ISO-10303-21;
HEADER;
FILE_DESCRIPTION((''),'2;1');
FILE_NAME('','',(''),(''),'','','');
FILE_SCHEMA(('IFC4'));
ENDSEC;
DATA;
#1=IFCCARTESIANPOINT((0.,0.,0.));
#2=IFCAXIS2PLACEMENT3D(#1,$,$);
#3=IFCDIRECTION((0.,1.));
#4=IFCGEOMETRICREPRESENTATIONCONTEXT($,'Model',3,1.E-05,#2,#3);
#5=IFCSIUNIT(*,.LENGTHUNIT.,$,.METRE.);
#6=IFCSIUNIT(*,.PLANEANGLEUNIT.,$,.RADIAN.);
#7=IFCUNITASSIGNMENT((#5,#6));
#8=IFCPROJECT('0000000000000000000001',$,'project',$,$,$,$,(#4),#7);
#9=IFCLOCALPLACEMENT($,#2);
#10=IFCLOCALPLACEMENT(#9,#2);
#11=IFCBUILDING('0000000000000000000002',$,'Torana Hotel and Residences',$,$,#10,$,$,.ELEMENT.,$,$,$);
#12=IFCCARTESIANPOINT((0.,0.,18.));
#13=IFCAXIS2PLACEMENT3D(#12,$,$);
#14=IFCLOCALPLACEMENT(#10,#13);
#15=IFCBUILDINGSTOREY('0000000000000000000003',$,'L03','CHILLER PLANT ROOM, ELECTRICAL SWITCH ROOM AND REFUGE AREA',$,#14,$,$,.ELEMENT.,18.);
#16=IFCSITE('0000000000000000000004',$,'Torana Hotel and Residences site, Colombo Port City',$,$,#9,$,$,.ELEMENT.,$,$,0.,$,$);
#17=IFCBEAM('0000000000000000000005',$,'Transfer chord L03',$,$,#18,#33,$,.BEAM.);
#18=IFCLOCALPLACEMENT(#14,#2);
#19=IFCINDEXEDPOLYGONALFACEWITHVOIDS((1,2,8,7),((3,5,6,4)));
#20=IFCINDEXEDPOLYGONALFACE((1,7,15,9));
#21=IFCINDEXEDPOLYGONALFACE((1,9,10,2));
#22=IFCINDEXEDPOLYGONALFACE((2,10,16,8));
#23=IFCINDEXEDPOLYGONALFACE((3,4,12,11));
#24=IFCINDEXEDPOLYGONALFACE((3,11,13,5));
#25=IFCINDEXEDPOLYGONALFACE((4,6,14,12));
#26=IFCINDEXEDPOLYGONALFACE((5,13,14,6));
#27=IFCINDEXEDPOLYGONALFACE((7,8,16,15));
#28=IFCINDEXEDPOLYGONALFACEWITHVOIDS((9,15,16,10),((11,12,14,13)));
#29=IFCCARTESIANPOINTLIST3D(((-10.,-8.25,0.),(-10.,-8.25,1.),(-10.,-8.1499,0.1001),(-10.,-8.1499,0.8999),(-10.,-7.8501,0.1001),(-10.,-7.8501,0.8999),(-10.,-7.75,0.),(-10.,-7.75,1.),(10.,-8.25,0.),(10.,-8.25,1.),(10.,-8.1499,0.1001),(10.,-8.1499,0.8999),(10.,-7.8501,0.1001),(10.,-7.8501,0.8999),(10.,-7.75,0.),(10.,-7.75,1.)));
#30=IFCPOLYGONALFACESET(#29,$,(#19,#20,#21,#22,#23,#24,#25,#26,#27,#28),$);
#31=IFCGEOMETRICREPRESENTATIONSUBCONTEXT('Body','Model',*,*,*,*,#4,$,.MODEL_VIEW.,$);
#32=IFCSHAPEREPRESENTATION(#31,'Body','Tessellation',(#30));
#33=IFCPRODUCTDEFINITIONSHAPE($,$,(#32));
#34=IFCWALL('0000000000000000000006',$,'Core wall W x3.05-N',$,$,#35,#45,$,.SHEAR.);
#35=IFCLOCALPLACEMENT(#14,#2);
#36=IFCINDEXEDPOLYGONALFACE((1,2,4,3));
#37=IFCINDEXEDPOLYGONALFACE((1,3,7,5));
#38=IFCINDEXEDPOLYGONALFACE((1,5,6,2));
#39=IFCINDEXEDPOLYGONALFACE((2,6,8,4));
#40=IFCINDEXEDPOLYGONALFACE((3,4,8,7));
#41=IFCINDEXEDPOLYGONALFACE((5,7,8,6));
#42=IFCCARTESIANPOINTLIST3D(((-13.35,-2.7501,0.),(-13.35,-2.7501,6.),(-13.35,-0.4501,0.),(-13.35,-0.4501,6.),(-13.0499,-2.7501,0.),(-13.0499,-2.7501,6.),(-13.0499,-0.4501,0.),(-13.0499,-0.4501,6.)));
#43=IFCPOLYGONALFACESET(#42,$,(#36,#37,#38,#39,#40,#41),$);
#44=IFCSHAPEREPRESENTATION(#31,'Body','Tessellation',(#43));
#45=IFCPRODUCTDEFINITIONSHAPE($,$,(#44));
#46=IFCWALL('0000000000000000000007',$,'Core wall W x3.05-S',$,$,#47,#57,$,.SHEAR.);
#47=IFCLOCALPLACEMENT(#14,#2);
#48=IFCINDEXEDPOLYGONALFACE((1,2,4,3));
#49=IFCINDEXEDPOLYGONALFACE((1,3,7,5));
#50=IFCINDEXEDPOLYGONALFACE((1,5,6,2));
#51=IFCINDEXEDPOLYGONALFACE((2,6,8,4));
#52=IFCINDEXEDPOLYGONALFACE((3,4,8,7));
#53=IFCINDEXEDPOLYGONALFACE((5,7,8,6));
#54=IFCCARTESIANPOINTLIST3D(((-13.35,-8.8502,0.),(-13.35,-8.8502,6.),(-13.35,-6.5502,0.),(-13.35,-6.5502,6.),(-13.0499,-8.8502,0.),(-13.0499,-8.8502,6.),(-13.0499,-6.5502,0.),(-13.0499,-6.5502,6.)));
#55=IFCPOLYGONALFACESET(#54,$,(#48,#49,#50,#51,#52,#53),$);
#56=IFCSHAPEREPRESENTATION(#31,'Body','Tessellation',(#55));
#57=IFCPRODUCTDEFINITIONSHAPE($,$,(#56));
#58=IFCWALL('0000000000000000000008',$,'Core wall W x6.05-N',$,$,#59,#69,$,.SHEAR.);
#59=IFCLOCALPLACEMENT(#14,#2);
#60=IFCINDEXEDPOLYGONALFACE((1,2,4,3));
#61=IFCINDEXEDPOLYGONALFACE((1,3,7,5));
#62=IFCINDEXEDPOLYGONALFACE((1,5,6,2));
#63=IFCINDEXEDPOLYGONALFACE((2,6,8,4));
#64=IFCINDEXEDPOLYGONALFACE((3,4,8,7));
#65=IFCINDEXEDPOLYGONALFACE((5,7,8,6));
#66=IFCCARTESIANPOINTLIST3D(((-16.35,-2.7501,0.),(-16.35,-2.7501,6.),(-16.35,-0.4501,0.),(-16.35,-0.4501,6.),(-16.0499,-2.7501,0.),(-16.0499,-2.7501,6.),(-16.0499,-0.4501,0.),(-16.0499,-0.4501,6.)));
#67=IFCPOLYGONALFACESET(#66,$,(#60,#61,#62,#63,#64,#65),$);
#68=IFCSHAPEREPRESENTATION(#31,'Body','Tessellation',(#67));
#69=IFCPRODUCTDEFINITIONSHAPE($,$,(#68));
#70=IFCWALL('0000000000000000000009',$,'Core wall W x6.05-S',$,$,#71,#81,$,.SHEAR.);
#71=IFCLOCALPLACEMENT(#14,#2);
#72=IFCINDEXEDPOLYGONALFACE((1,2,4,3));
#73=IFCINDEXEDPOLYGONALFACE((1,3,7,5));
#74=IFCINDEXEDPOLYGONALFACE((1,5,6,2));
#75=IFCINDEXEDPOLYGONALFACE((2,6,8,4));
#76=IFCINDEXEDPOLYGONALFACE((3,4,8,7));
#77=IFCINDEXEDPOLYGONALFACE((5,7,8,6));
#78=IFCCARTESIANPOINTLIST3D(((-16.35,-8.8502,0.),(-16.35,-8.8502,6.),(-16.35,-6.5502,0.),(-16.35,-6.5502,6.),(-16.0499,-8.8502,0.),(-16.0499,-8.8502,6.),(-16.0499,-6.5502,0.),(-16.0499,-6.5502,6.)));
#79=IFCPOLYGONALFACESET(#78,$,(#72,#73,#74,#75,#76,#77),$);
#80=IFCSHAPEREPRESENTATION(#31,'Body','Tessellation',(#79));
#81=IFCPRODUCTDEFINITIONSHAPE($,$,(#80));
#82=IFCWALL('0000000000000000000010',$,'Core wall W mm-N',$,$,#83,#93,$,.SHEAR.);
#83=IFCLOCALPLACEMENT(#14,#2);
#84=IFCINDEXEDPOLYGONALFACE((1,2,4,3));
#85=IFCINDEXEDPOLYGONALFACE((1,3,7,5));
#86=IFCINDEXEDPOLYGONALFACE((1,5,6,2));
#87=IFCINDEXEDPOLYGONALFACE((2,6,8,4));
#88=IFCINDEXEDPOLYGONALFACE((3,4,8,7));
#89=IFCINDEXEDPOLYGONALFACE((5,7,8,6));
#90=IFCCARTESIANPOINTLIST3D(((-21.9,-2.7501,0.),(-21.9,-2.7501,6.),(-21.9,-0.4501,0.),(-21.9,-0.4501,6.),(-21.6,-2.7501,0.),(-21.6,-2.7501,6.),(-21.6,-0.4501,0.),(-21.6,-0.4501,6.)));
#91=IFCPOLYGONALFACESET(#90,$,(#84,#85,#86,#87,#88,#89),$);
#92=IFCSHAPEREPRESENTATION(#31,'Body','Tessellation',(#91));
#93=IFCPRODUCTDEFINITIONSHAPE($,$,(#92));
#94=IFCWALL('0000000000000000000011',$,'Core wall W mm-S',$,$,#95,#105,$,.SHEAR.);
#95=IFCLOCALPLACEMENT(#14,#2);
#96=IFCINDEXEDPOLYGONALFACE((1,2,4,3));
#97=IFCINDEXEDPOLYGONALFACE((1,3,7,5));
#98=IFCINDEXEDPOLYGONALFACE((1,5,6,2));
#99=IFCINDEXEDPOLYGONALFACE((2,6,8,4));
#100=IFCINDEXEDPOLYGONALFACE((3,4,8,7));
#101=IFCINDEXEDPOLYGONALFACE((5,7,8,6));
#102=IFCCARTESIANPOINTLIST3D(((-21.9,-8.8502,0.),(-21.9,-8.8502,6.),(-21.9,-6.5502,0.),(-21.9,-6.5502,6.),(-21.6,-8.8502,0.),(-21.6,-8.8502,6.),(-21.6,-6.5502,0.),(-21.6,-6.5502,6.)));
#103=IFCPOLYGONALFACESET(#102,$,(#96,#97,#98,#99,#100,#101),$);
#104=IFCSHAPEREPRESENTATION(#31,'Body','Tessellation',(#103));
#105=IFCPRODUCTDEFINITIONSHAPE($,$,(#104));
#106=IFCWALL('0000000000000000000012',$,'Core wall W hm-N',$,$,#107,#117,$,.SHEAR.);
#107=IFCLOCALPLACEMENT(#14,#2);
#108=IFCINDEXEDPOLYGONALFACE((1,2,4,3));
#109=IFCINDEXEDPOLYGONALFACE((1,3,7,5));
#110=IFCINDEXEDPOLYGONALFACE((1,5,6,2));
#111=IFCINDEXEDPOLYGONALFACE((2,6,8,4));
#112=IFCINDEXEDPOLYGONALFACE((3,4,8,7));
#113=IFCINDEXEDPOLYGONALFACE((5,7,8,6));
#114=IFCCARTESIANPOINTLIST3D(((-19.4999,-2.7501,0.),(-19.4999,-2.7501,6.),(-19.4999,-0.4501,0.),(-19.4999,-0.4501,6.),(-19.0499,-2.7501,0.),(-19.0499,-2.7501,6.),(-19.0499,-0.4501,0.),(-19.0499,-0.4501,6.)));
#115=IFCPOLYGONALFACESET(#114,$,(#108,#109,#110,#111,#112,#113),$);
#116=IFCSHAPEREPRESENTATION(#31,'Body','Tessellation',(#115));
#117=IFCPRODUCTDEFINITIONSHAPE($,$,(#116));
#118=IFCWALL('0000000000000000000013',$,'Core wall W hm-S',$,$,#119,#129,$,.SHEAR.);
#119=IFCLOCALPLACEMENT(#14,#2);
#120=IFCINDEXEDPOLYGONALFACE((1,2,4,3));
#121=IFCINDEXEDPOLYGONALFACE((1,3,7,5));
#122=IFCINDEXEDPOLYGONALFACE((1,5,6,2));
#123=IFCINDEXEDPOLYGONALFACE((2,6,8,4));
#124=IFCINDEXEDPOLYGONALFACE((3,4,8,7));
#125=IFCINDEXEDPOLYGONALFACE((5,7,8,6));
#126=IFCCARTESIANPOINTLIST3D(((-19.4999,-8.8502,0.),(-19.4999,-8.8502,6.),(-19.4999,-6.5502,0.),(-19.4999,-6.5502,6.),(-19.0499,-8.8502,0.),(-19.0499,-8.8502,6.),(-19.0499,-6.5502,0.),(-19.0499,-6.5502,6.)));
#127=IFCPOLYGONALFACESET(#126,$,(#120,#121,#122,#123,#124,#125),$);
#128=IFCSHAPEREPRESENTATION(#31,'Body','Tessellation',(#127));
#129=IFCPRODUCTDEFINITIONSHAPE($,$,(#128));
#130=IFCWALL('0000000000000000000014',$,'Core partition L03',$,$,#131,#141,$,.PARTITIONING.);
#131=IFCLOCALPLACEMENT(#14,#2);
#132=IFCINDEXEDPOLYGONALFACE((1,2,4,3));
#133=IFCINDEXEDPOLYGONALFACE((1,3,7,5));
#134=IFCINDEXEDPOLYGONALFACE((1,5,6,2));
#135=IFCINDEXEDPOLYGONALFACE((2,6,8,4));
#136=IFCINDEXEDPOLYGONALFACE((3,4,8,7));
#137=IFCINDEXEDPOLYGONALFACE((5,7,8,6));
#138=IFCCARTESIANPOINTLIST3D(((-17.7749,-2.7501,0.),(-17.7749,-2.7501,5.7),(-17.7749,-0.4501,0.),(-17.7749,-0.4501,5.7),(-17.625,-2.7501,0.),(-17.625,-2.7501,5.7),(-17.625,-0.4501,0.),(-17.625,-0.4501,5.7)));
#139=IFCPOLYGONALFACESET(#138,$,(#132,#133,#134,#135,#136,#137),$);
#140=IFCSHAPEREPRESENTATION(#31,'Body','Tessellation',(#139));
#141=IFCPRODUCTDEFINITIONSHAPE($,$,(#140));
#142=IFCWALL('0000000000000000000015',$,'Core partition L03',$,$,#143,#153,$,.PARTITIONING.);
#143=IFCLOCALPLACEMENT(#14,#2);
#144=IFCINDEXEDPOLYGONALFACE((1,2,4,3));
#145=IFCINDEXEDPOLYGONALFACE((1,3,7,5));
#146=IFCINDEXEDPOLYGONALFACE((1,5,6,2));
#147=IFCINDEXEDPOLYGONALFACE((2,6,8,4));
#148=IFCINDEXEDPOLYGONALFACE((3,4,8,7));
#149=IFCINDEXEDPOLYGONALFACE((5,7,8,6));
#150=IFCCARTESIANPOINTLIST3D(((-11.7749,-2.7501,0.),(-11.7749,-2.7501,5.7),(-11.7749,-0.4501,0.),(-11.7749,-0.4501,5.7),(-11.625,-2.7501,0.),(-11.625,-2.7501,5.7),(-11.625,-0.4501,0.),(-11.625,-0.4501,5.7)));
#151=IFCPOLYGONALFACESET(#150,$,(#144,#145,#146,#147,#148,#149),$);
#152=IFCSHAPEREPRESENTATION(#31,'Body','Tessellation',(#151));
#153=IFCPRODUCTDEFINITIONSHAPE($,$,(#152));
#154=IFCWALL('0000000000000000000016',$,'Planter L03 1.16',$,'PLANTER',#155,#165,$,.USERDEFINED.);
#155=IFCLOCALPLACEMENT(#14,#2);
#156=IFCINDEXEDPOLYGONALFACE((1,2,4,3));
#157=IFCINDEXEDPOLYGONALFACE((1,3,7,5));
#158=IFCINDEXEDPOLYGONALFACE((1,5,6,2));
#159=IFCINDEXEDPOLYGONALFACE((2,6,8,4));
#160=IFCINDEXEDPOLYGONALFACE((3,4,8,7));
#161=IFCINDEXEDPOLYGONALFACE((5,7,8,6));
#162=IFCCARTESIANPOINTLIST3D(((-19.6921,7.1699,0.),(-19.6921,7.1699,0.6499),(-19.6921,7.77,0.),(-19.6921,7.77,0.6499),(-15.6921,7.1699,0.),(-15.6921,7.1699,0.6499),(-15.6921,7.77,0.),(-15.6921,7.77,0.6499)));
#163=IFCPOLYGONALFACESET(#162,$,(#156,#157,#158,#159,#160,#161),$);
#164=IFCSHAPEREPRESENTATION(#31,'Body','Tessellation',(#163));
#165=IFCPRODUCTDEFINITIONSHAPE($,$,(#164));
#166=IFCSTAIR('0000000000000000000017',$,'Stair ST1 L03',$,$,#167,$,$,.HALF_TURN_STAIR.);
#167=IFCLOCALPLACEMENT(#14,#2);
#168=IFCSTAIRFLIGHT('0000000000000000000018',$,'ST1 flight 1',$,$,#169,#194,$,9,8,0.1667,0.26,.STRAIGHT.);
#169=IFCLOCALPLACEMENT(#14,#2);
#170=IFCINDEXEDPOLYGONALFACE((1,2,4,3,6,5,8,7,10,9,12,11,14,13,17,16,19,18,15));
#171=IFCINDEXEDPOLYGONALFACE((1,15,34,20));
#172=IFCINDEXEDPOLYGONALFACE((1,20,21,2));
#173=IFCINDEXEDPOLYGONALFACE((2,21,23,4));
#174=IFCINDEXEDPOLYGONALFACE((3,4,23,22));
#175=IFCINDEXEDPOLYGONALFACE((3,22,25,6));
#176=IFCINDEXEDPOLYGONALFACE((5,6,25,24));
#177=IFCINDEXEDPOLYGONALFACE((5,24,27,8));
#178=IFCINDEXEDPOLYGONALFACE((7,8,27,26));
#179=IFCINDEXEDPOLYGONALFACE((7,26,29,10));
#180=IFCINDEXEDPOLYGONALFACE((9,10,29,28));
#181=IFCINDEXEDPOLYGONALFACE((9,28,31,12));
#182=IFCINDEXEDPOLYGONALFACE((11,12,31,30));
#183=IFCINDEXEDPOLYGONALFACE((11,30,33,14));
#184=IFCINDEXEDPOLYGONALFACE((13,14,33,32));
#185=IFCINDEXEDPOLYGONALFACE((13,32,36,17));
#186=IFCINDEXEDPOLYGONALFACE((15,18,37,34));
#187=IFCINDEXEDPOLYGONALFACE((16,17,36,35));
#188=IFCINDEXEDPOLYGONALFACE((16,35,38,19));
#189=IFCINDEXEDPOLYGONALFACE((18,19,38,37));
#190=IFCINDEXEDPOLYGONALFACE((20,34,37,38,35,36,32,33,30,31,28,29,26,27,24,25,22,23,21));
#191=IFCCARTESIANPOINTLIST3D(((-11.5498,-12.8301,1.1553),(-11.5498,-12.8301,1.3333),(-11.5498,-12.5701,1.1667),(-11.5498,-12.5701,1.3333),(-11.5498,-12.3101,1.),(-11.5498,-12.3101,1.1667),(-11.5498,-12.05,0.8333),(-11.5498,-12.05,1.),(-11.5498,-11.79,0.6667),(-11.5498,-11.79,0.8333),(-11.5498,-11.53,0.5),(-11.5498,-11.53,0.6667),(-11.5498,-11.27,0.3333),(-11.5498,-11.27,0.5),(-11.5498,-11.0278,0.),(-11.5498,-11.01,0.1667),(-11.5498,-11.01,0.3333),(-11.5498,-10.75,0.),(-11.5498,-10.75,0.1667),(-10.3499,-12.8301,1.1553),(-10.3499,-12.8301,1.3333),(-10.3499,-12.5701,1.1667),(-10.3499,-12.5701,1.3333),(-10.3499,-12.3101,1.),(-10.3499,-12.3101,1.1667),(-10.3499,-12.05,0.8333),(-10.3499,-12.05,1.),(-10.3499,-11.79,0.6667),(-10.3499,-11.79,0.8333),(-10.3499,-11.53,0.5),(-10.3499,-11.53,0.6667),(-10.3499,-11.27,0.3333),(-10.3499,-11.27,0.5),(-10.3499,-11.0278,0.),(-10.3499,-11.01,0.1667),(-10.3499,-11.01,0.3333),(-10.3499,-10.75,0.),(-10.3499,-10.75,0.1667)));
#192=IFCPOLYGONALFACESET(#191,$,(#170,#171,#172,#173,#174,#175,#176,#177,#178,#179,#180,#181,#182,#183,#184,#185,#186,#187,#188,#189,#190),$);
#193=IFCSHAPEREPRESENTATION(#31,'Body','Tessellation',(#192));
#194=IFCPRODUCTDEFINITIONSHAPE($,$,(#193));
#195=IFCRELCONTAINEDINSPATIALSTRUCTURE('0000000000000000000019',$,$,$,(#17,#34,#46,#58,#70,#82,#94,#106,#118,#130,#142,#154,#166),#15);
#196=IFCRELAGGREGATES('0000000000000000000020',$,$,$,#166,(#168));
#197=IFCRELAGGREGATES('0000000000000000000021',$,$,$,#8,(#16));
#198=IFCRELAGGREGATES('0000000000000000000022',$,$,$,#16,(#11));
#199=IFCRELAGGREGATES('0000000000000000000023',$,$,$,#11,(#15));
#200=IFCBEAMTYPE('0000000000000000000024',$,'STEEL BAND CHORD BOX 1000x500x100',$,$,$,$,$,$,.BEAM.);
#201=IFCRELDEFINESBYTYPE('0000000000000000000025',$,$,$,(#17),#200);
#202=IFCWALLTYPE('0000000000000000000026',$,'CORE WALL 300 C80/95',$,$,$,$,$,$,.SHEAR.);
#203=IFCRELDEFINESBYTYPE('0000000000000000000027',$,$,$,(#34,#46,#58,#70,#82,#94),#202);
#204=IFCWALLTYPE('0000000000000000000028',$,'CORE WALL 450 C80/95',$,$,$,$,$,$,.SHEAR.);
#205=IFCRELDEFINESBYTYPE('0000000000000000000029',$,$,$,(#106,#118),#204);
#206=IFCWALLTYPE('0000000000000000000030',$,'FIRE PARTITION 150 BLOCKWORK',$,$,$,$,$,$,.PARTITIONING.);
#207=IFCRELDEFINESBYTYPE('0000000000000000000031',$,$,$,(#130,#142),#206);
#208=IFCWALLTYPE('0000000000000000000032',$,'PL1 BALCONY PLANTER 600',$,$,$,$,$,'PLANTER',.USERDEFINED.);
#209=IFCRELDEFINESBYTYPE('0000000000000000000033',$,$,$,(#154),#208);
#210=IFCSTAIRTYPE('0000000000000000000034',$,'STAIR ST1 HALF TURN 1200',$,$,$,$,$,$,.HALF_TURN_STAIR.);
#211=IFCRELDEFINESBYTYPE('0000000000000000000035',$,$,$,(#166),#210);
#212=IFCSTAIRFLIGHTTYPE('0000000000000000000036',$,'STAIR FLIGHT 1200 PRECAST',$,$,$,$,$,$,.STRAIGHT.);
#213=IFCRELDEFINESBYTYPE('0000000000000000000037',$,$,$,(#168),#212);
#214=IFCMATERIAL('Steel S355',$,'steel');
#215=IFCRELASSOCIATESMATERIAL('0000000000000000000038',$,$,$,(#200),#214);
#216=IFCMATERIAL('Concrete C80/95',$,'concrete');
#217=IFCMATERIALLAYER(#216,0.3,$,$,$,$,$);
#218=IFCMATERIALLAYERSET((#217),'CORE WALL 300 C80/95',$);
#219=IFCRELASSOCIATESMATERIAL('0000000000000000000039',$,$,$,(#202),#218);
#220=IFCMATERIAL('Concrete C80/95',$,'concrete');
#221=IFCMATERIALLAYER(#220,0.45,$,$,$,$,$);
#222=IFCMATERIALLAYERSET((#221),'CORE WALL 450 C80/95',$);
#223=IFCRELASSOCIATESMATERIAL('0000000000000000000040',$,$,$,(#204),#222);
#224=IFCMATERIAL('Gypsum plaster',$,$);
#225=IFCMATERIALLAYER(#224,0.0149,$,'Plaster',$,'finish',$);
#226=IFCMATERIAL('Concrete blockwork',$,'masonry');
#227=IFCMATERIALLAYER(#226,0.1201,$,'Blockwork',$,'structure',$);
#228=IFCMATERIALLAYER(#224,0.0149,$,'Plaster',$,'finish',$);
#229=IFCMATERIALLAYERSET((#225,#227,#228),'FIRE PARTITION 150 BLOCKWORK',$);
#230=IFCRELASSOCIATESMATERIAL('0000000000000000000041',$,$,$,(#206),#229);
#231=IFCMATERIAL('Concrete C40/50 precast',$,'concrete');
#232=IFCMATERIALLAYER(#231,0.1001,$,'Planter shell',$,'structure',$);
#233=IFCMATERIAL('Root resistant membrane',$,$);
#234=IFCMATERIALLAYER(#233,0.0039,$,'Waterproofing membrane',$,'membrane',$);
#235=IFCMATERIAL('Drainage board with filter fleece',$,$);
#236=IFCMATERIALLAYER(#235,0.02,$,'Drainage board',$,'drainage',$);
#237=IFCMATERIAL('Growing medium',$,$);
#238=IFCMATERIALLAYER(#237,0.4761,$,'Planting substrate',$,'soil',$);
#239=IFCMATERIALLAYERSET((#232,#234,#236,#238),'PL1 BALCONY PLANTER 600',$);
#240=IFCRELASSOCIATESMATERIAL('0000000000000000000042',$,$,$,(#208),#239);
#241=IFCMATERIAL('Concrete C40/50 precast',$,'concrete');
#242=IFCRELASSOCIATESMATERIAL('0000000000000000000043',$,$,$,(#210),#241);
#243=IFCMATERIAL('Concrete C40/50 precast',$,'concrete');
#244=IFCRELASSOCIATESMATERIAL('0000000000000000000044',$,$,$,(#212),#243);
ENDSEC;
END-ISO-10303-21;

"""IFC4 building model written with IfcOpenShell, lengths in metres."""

from ifc_helpers import new_model, si_unit, direction, frame, frame_2d, origin, origin_2d, place, context, subcontext, project, spatial, polyline, rectangle, hollow_rectangle, outline, extrude, material, layer, layer_set, material_profile, profile_set, type_object, element, aggregate, save


model = new_model("IFC4")

# Units and contexts
model_context = context("Model", 3, precision=1e-05, world=origin(), true_north=direction((0.0, 1.0)))
body_context = subcontext(model_context, "Body", "Model", "MODEL_VIEW")
ifc_project = project(units=[si_unit("LENGTHUNIT", "METRE"), si_unit("PLANEANGLEUNIT", "RADIAN")], contexts=[model_context])

# Site, building, storey
site_placement = place(None, origin())
site = spatial("IfcSite", under=ifc_project, at=site_placement, Name="Torana Hotel and Residences site, Colombo Port City", CompositionType="ELEMENT", RefElevation=0.0)
building_placement = place(site_placement, origin())
building = spatial("IfcBuilding", under=site, at=building_placement, Name="Torana Hotel and Residences", CompositionType="ELEMENT")
storey_placement = place(building_placement, frame((0.0, 0.0, 18.0)))
storey = spatial("IfcBuildingStorey", under=building, at=storey_placement, Name="L03", Description="CHILLER PLANT ROOM, ELECTRICAL SWITCH ROOM AND REFUGE AREA", CompositionType="ELEMENT", Elevation=18.0)

# Beam
ifc_material_1 = material(Name="Steel S355", Category="steel")
ifc_material_profile = material_profile(ifc_material_1, hollow_rectangle(XDim=0.5, YDim=1.0, WallThickness=0.1001, at=origin_2d()), Name="BOX 1000x500x100")
ifc_profile_set = profile_set([ifc_material_profile], Name="Steel S355")
beam_type = type_object("IfcBeamType", Name="STEEL BAND CHORD BOX 1000x500x100", PredefinedType="BEAM", material=ifc_profile_set)
beam_placement = place(storey_placement, frame((-10.0, -8.0, 0.5), z_axis=(1.0, 0.0, 0.0), x_axis=(0.0, 1.0, 0.0)))
element("IfcBeam", 1, at=beam_placement, inside=storey, type_object=beam_type, Name="Transfer chord L03", PredefinedType="BEAM", context=body_context, shape_type="SweptSolid", body=[
    extrude(hollow_rectangle(XDim=0.5, YDim=1.0, WallThickness=0.1001, at=origin_2d()), origin(), (0.0, 0.0, 1.0), 20.0),
])

# Walls
ifc_material_2 = material(Name="Concrete C80/95", Category="concrete")
ifc_layer_1 = layer(ifc_material_2, 0.3)
ifc_layer_set_1 = layer_set([ifc_layer_1], Name="CORE WALL 300 C80/95")
wall_type_1 = type_object("IfcWallType", Name="CORE WALL 300 C80/95", PredefinedType="SHEAR", material=ifc_layer_set_1)
for number, where, z_axis, x_axis, name in (
    (2, (-13.2, -2.75, 0.0), (0.0, 0.0, 1.0), (0.0, 1.0, 0.0), "Core wall W x3.05-N"),
    (3, (-13.2, -8.8501, 0.0), (0.0, 0.0, 1.0), (0.0, 1.0, 0.0), "Core wall W x3.05-S"),
    (4, (-16.2, -2.75, 0.0), (0.0, 0.0, 1.0), (0.0, 1.0, 0.0), "Core wall W x6.05-N"),
    (5, (-16.2, -8.8501, 0.0), (0.0, 0.0, 1.0), (0.0, 1.0, 0.0), "Core wall W x6.05-S"),
    (6, (-21.75, -2.75, 0.0), (0.0, 0.0, 1.0), (0.0, 1.0, 0.0), "Core wall W mm-N"),
    (7, (-21.75, -8.8501, 0.0), (0.0, 0.0, 1.0), (0.0, 1.0, 0.0), "Core wall W mm-S"),
):
    element("IfcWall", number, at=place(storey_placement, frame(where, z_axis=z_axis, x_axis=x_axis)), inside=storey, type_object=wall_type_1, Name=name, PredefinedType="SHEAR", context=body_context, shape_type="SweptSolid", body=[
        extrude(rectangle(XDim=2.3, YDim=0.3, at=frame_2d((1.1499, 0.0))), origin(), (0.0, 0.0, 1.0), 6.0),
    ])
ifc_material_3 = material(Name="Concrete C80/95", Category="concrete")
ifc_layer_2 = layer(ifc_material_3, 0.45)
ifc_layer_set_2 = layer_set([ifc_layer_2], Name="CORE WALL 450 C80/95")
wall_type_2 = type_object("IfcWallType", Name="CORE WALL 450 C80/95", PredefinedType="SHEAR", material=ifc_layer_set_2)
for number, where, z_axis, x_axis, name in (
    (8, (-19.2749, -2.75, 0.0), (0.0, 0.0, 1.0), (0.0, 1.0, 0.0), "Core wall W hm-N"),
    (9, (-19.2749, -8.8501, 0.0), (0.0, 0.0, 1.0), (0.0, 1.0, 0.0), "Core wall W hm-S"),
):
    element("IfcWall", number, at=place(storey_placement, frame(where, z_axis=z_axis, x_axis=x_axis)), inside=storey, type_object=wall_type_2, Name=name, PredefinedType="SHEAR", context=body_context, shape_type="SweptSolid", body=[
        extrude(rectangle(XDim=2.3, YDim=0.45, at=frame_2d((1.1499, 0.0))), origin(), (0.0, 0.0, 1.0), 6.0),
    ])
ifc_material_4 = material(Name="Gypsum plaster")
ifc_layer_3 = layer(ifc_material_4, 0.0149, Name="Plaster", Category="finish")
ifc_material_5 = material(Name="Concrete blockwork", Category="masonry")
ifc_layer_4 = layer(ifc_material_5, 0.1201, Name="Blockwork", Category="structure")
ifc_layer_5 = layer(ifc_material_4, 0.0149, Name="Plaster", Category="finish")
ifc_layer_set_3 = layer_set([ifc_layer_3, ifc_layer_4, ifc_layer_5], Name="FIRE PARTITION 150 BLOCKWORK")
wall_type_3 = type_object("IfcWallType", Name="FIRE PARTITION 150 BLOCKWORK", PredefinedType="PARTITIONING", material=ifc_layer_set_3)
for number, where, z_axis, x_axis, name in (
    (10, (-17.7, -2.75, 0.0), (0.0, 0.0, 1.0), (0.0, 1.0, 0.0), "Core partition L03"),
    (11, (-11.7, -2.75, 0.0), (0.0, 0.0, 1.0), (0.0, 1.0, 0.0), "Core partition L03"),
):
    element("IfcWall", number, at=place(storey_placement, frame(where, z_axis=z_axis, x_axis=x_axis)), inside=storey, type_object=wall_type_3, Name=name, PredefinedType="PARTITIONING", context=body_context, shape_type="SweptSolid", body=[
        extrude(rectangle(XDim=2.3, YDim=0.1499, at=frame_2d((1.1499, 0.0))), origin(), (0.0, 0.0, 1.0), 5.7),
    ])
ifc_material_6 = material(Name="Concrete C40/50 precast", Category="concrete")
ifc_layer_6 = layer(ifc_material_6, 0.1001, Name="Planter shell", Category="structure")
ifc_material_7 = material(Name="Root resistant membrane")
ifc_layer_7 = layer(ifc_material_7, 0.0039, Name="Waterproofing membrane", Category="membrane")
ifc_material_8 = material(Name="Drainage board with filter fleece")
ifc_layer_8 = layer(ifc_material_8, 0.02, Name="Drainage board", Category="drainage")
ifc_material_9 = material(Name="Growing medium")
ifc_layer_9 = layer(ifc_material_9, 0.4761, Name="Planting substrate", Category="soil")
ifc_layer_set_4 = layer_set([ifc_layer_6, ifc_layer_7, ifc_layer_8, ifc_layer_9], Name="PL1 BALCONY PLANTER 600")
wall_type_4 = type_object("IfcWallType", Name="PL1 BALCONY PLANTER 600", ElementType="PLANTER", PredefinedType="USERDEFINED", material=ifc_layer_set_4)
wall_placement = place(storey_placement, frame((-19.6921, 7.47, 0.0), z_axis=(0.0, 0.0, 1.0), x_axis=(1.0, 0.0, 0.0)))
element("IfcWall", 12, at=wall_placement, inside=storey, type_object=wall_type_4, Name="Planter L03 1.16", ObjectType="PLANTER", PredefinedType="USERDEFINED", context=body_context, shape_type="SweptSolid", body=[
    extrude(rectangle(XDim=4.0, YDim=0.6001, at=frame_2d((2.0, 0.0))), origin(), (0.0, 0.0, 1.0), 0.6499),
])

# Stair, stair flight
ifc_material_10 = material(Name="Concrete C40/50 precast", Category="concrete")
stair_type = type_object("IfcStairType", Name="STAIR ST1 HALF TURN 1200", PredefinedType="HALF_TURN_STAIR", material=ifc_material_10)
stair_placement = place(storey_placement, origin())
stair = element("IfcStair", 13, at=stair_placement, inside=storey, type_object=stair_type, Name="Stair ST1 L03", PredefinedType="HALF_TURN_STAIR")
ifc_material_11 = material(Name="Concrete C40/50 precast", Category="concrete")
stair_flight_type = type_object("IfcStairFlightType", Name="STAIR FLIGHT 1200 PRECAST", PredefinedType="STRAIGHT", material=ifc_material_11)
stair_flight_1_placement = place(storey_placement, frame((-10.95, -10.75, 0.0), z_axis=(0.0, 0.0, 1.0), x_axis=(0.0, -1.0, 0.0)))
stair_flight_1 = element("IfcStairFlight", 14, at=stair_flight_1_placement, type_object=stair_flight_type, Name="ST1 flight 1", NumberOfRisers=9, NumberOfTreads=8, PredefinedType="STRAIGHT", RiserHeight=0.1667, TreadLength=0.26, context=body_context, shape_type="SweptSolid", body=[
    extrude(outline(polyline([(0.0, 0.0), (0.0, 0.1667), (0.26, 0.1667), (0.26, 0.3333), (0.52, 0.3333), (0.52, 0.5), (0.78, 0.5), (0.78, 0.6667), (1.04, 0.6667), (1.04, 0.8333), (1.3, 0.8333), (1.3, 1.0), (1.5601, 1.0), (1.5601, 1.1667), (1.8201, 1.1667), (1.8201, 1.3333), (2.0801, 1.3333), (2.0801, 1.5), (2.0801, 1.1553), (0.2778, 0.0), (0.0, 0.0)])), frame((0.0, 0.6001, 0.0), z_axis=(0.0, -1.0, 0.0), x_axis=(1.0, 0.0, 0.0)), (0.0, 0.0, 1.0), 1.2),
])
aggregate(stair, [stair_flight_1])

save(model, "model.ifc")
